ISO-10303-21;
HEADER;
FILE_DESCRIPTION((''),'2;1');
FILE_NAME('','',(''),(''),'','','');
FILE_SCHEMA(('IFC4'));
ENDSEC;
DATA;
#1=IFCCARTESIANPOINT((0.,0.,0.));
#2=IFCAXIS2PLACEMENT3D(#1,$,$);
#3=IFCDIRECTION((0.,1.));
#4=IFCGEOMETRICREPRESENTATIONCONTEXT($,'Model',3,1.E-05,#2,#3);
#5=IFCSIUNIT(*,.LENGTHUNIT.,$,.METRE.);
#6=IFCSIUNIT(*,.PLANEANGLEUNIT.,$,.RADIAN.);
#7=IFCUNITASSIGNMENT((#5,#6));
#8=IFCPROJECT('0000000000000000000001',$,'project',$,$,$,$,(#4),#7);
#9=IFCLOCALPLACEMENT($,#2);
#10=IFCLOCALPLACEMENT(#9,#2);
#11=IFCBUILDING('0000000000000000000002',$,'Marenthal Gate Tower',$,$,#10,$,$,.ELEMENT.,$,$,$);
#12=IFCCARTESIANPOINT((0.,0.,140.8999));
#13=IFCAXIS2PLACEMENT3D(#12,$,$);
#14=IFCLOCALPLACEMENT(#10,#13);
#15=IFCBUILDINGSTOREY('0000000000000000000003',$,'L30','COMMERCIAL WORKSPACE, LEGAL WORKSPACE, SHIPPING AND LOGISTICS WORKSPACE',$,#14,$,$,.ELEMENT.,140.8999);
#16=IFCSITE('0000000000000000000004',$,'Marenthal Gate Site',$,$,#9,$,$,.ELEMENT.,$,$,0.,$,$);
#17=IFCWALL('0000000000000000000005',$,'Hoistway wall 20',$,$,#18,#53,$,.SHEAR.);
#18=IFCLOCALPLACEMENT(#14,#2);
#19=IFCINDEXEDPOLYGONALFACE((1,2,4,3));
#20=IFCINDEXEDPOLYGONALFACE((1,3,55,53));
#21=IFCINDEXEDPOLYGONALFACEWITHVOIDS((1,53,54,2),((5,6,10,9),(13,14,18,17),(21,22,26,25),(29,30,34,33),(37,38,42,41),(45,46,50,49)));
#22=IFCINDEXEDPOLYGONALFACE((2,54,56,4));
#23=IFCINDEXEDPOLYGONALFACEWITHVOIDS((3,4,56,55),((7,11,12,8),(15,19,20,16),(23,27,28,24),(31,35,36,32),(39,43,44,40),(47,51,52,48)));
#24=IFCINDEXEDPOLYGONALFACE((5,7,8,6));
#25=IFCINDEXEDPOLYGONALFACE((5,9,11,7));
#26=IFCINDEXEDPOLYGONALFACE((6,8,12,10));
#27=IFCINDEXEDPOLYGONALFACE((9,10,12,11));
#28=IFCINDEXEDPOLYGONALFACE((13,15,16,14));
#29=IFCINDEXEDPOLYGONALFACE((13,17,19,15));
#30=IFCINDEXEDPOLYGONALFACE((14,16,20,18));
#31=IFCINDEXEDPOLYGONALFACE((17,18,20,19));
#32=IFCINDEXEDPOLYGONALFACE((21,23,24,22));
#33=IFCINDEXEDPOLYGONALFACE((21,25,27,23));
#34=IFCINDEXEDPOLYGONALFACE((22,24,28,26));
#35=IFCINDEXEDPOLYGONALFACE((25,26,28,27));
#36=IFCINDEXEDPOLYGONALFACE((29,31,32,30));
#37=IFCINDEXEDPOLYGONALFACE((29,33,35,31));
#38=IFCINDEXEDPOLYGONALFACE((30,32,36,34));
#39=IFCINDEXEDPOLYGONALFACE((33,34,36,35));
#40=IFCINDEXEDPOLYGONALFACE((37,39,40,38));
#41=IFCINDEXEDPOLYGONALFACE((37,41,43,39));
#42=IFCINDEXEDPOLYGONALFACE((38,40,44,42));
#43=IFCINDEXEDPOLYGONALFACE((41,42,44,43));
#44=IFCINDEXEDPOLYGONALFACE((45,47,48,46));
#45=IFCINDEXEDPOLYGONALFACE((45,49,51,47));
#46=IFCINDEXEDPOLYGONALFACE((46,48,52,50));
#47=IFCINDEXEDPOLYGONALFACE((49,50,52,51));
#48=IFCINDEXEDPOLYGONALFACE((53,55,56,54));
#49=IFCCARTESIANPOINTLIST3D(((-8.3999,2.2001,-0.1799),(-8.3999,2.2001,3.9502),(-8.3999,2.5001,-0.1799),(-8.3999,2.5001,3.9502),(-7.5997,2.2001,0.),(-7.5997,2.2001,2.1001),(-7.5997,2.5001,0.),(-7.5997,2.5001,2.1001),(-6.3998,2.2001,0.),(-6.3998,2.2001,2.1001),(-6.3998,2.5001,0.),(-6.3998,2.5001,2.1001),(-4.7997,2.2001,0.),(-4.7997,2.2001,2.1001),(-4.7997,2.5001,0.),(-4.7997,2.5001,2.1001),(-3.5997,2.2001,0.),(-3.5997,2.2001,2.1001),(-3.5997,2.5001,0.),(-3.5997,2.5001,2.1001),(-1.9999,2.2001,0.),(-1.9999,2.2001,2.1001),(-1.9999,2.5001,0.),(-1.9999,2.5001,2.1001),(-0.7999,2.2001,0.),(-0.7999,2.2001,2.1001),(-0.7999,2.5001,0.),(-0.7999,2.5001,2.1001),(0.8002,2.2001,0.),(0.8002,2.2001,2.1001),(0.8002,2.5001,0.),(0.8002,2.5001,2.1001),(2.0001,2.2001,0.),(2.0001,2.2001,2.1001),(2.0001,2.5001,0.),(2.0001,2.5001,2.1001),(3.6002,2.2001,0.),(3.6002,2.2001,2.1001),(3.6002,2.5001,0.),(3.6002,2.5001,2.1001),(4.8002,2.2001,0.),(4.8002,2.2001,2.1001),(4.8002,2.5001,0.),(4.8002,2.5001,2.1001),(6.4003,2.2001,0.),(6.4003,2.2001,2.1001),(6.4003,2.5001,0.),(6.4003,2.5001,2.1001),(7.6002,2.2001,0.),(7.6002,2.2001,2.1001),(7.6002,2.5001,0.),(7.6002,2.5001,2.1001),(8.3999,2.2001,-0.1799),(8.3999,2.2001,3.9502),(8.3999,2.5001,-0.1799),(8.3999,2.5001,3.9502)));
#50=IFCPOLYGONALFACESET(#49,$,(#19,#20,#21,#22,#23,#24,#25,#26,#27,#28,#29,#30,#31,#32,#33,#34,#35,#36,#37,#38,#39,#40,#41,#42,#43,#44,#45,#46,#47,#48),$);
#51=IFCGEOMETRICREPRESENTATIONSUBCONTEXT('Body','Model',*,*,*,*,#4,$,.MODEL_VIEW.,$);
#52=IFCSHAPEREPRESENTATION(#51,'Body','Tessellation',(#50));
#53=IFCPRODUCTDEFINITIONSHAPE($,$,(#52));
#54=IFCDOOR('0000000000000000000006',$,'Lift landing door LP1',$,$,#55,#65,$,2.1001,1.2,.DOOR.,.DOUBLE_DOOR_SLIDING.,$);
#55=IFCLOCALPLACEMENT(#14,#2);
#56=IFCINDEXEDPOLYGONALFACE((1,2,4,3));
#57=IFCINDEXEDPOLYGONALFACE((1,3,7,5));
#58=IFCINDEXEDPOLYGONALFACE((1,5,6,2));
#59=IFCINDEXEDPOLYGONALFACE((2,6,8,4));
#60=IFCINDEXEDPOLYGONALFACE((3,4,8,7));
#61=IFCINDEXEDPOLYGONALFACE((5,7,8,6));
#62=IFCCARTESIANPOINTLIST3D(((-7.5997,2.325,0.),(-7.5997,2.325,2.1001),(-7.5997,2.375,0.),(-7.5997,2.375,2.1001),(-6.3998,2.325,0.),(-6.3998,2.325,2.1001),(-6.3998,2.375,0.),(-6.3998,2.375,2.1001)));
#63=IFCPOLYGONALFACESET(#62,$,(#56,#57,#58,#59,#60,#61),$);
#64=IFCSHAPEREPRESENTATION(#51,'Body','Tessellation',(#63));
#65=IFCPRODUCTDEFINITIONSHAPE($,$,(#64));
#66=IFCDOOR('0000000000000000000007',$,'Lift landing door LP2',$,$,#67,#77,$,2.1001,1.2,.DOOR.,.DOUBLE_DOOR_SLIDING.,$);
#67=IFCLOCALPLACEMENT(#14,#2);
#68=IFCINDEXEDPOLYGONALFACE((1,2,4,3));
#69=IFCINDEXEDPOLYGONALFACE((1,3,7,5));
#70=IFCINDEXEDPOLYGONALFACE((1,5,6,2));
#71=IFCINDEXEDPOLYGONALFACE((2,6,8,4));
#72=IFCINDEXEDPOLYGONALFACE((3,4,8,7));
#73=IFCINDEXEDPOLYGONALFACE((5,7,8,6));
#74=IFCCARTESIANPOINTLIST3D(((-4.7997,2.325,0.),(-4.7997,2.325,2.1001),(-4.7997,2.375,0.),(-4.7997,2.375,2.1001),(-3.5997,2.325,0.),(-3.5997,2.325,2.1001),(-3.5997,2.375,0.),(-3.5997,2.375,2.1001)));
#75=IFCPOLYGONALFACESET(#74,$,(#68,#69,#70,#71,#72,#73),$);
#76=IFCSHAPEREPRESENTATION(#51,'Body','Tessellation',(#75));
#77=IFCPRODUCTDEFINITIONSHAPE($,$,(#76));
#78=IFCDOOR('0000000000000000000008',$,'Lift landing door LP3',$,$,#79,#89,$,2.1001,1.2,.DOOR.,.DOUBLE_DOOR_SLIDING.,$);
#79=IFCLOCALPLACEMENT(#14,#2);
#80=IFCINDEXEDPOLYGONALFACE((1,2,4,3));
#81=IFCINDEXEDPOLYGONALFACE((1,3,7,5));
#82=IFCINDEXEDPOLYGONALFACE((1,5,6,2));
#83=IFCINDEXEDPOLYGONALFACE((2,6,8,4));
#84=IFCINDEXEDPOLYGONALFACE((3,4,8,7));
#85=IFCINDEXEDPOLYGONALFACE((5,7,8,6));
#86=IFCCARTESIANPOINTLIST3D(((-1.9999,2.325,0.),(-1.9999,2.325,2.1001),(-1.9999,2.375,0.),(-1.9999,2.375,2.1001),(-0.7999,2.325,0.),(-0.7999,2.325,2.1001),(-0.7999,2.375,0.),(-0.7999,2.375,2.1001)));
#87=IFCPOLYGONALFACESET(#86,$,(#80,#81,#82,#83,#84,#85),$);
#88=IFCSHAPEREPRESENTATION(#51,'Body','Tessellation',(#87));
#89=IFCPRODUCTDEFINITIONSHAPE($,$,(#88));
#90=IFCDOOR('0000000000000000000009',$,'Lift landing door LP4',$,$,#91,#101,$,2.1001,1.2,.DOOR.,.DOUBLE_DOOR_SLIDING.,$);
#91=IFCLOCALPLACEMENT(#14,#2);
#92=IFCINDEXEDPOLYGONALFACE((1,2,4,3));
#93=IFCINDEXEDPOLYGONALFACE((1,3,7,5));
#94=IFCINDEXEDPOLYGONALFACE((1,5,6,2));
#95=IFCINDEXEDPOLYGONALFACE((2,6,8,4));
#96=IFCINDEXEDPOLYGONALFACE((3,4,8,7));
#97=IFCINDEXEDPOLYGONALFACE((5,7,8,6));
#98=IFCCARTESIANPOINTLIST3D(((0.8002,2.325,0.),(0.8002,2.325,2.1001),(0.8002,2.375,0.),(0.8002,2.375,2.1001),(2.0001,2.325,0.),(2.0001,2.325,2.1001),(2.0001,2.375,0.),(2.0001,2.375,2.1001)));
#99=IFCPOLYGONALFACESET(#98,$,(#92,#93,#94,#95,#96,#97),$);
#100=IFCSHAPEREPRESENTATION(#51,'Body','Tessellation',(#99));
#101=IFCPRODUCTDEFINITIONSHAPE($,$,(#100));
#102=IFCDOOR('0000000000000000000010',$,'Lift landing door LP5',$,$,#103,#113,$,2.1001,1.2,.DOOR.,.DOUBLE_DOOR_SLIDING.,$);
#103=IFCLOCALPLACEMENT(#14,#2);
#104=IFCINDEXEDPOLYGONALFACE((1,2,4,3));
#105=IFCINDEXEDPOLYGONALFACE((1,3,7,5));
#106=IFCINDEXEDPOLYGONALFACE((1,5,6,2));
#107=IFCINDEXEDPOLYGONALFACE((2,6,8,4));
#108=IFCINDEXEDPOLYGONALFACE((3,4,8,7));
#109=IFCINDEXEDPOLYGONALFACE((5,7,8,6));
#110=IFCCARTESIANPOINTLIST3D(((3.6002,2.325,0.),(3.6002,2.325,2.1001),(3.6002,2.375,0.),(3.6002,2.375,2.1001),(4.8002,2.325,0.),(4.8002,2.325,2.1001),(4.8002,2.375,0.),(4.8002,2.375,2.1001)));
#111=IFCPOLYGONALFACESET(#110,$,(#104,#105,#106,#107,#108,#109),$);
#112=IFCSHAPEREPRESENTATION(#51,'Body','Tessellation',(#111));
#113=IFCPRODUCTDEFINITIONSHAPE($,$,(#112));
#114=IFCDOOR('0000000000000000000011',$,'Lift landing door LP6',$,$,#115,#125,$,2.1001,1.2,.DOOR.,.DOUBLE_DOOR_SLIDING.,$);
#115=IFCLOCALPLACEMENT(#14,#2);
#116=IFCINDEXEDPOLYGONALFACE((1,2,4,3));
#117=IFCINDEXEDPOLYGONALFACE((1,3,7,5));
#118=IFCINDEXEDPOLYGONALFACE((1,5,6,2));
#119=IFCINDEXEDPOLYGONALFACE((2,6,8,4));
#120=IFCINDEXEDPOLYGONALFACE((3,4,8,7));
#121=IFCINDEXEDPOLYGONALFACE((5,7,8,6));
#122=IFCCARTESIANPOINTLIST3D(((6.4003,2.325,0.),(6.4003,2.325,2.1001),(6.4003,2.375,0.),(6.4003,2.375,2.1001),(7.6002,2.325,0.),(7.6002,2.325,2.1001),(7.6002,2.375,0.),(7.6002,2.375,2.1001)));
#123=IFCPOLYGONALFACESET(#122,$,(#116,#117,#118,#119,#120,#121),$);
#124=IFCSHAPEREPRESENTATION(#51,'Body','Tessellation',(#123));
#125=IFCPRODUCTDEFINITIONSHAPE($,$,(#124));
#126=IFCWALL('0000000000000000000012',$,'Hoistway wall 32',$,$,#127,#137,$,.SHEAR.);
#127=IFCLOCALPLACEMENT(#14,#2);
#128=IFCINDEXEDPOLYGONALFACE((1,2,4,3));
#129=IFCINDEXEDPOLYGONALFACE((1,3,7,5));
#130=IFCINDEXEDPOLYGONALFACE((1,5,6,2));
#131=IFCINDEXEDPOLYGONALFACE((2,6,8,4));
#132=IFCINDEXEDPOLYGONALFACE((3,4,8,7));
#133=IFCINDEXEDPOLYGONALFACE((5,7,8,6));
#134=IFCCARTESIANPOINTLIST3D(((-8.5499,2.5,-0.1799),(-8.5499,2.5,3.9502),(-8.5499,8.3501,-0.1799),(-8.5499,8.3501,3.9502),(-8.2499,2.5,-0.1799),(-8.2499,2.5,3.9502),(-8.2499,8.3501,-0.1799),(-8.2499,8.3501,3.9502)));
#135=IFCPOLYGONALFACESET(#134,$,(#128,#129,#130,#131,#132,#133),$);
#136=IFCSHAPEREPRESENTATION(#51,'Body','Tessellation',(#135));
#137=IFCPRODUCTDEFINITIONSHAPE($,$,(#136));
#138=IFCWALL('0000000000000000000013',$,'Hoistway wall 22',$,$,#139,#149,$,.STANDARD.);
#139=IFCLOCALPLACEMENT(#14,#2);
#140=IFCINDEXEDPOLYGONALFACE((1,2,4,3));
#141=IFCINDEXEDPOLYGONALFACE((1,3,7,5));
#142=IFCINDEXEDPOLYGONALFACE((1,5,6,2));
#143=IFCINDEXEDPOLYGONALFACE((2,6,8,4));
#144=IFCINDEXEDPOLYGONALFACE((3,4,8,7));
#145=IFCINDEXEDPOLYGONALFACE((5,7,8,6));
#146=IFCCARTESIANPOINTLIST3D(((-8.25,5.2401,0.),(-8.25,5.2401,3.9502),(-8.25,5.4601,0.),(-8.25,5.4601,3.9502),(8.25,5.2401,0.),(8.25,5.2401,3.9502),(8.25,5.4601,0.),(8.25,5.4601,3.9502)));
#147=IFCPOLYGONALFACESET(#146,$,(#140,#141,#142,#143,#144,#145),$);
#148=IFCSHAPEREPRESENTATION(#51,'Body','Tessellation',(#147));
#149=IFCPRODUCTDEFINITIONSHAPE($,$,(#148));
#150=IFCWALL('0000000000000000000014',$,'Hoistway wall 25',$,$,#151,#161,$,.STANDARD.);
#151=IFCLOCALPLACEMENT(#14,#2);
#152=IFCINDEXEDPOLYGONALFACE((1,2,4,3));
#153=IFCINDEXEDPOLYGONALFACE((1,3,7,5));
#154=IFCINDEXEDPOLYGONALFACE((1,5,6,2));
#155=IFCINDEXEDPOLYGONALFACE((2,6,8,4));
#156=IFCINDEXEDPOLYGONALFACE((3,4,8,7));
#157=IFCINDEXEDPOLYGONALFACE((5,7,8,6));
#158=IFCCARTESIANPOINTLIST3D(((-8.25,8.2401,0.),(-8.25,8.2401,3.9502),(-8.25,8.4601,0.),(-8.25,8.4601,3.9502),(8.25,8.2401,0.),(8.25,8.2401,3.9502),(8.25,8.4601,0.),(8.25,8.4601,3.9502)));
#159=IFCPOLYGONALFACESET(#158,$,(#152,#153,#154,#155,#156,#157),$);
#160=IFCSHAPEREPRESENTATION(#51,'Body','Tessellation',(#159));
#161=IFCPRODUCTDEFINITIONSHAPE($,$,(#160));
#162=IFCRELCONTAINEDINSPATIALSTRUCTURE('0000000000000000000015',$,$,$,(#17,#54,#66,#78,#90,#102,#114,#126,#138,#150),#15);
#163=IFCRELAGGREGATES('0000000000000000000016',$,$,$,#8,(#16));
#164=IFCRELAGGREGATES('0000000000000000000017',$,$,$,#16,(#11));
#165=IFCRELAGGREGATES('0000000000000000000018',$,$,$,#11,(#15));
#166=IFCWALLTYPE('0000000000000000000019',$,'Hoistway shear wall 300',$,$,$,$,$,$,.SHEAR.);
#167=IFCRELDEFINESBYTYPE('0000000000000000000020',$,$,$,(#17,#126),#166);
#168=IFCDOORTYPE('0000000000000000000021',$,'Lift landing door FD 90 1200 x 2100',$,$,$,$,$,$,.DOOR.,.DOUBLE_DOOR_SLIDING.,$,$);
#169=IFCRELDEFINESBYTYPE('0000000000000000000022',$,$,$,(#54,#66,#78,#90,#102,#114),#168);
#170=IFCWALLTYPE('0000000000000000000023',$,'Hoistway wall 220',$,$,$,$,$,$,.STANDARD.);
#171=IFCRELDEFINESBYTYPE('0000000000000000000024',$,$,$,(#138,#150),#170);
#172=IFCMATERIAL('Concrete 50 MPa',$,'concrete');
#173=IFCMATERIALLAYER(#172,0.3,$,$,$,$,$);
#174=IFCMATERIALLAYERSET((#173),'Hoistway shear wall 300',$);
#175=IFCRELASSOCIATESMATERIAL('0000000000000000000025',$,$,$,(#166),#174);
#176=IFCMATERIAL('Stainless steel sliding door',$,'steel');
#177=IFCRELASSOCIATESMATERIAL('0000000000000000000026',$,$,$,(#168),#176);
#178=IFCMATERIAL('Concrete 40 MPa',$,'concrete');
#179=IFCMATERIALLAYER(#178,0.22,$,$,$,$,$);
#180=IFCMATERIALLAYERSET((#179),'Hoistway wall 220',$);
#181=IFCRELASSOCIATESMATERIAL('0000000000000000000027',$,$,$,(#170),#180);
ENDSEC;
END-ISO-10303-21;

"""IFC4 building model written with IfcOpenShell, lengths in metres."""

from ifc_helpers import new_model, si_unit, direction, frame, frame_2d, origin, place, context, subcontext, project, spatial, rectangle, extrude, material, layer, layer_set, type_object, element, fill, save


model = new_model("IFC4")

# Units and contexts
model_context = context("Model", 3, precision=1e-05, world=origin(), true_north=direction((0.0, 1.0)))
body_context = subcontext(model_context, "Body", "Model", "MODEL_VIEW")
ifc_project = project(units=[si_unit("LENGTHUNIT", "METRE"), si_unit("PLANEANGLEUNIT", "RADIAN")], contexts=[model_context])

# Site, building, storey
site_placement = place(None, origin())
site = spatial("IfcSite", under=ifc_project, at=site_placement, Name="Marenthal Gate Site", CompositionType="ELEMENT", RefElevation=0.0)
building_placement = place(site_placement, origin())
building = spatial("IfcBuilding", under=site, at=building_placement, Name="Marenthal Gate Tower", CompositionType="ELEMENT")
storey_placement = place(building_placement, frame((0.0, 0.0, 140.8999)))
storey = spatial("IfcBuildingStorey", under=building, at=storey_placement, Name="L30", Description="COMMERCIAL WORKSPACE, LEGAL WORKSPACE, SHIPPING AND LOGISTICS WORKSPACE", CompositionType="ELEMENT", Elevation=140.8999)

# Wall, openings, doors
ifc_material_1 = material(Name="Concrete 50 MPa", Category="concrete")
ifc_layer_1 = layer(ifc_material_1, 0.3)
ifc_layer_set_1 = layer_set([ifc_layer_1], Name="Hoistway shear wall 300")
wall_type_1 = type_object("IfcWallType", Name="Hoistway shear wall 300", PredefinedType="SHEAR", material=ifc_layer_set_1)
wall_1_placement = place(storey_placement, frame((-8.3999, 2.3501, -0.1799), z_axis=(0.0, 0.0, 1.0), x_axis=(1.0, 0.0, 0.0)))
wall_1 = element("IfcWall", 1, at=wall_1_placement, inside=storey, type_object=wall_type_1, Name="Hoistway wall 20", PredefinedType="SHEAR", context=body_context, shape_type="SweptSolid", body=[
    extrude(rectangle(XDim=16.7998, YDim=0.3, at=frame_2d((8.3999, 0.0))), origin(), (0.0, 0.0, 1.0), 4.1301),
])
opening_1_placement = place(wall_1_placement, frame((0.8, 0.0, 0.1799)))
opening_1 = element("IfcOpeningElement", 2, at=opening_1_placement, cuts=wall_1, PredefinedType="OPENING", context=body_context, shape_type="SweptSolid", body=[
    extrude(rectangle(XDim=1.2, YDim=2.1001, at=frame_2d((0.6001, 1.05))), frame((0.0, 0.1602, 0.0), z_axis=(0.0, -1.0, 0.0), x_axis=(1.0, 0.0, 0.0)), (0.0, 0.0, 1.0), 0.3201),
])
opening_2_placement = place(wall_1_placement, frame((3.6001, 0.0, 0.1799)))
opening_2 = element("IfcOpeningElement", 3, at=opening_2_placement, cuts=wall_1, PredefinedType="OPENING", context=body_context, shape_type="SweptSolid", body=[
    extrude(rectangle(XDim=1.2, YDim=2.1001, at=frame_2d((0.6001, 1.05))), frame((0.0, 0.1602, 0.0), z_axis=(0.0, -1.0, 0.0), x_axis=(1.0, 0.0, 0.0)), (0.0, 0.0, 1.0), 0.3201),
])
opening_3_placement = place(wall_1_placement, frame((6.3999, 0.0, 0.1799)))
opening_3 = element("IfcOpeningElement", 4, at=opening_3_placement, cuts=wall_1, PredefinedType="OPENING", context=body_context, shape_type="SweptSolid", body=[
    extrude(rectangle(XDim=1.2, YDim=2.1001, at=frame_2d((0.6001, 1.05))), frame((0.0, 0.1602, 0.0), z_axis=(0.0, -1.0, 0.0), x_axis=(1.0, 0.0, 0.0)), (0.0, 0.0, 1.0), 0.3201),
])
opening_4_placement = place(wall_1_placement, frame((9.2, 0.0, 0.1799)))
opening_4 = element("IfcOpeningElement", 5, at=opening_4_placement, cuts=wall_1, PredefinedType="OPENING", context=body_context, shape_type="SweptSolid", body=[
    extrude(rectangle(XDim=1.2, YDim=2.1001, at=frame_2d((0.6001, 1.05))), frame((0.0, 0.1602, 0.0), z_axis=(0.0, -1.0, 0.0), x_axis=(1.0, 0.0, 0.0)), (0.0, 0.0, 1.0), 0.3201),
])
opening_5_placement = place(wall_1_placement, frame((12.0, 0.0, 0.1799)))
opening_5 = element("IfcOpeningElement", 6, at=opening_5_placement, cuts=wall_1, PredefinedType="OPENING", context=body_context, shape_type="SweptSolid", body=[
    extrude(rectangle(XDim=1.2, YDim=2.1001, at=frame_2d((0.6001, 1.05))), frame((0.0, 0.1602, 0.0), z_axis=(0.0, -1.0, 0.0), x_axis=(1.0, 0.0, 0.0)), (0.0, 0.0, 1.0), 0.3201),
])
opening_6_placement = place(wall_1_placement, frame((14.8, 0.0, 0.1799)))
opening_6 = element("IfcOpeningElement", 7, at=opening_6_placement, cuts=wall_1, PredefinedType="OPENING", context=body_context, shape_type="SweptSolid", body=[
    extrude(rectangle(XDim=1.2, YDim=2.1001, at=frame_2d((0.6001, 1.05))), frame((0.0, 0.1602, 0.0), z_axis=(0.0, -1.0, 0.0), x_axis=(1.0, 0.0, 0.0)), (0.0, 0.0, 1.0), 0.3201),
])
ifc_material_2 = material(Name="Stainless steel sliding door", Category="steel")
door_type = type_object("IfcDoorType", Name="Lift landing door FD 90 1200 x 2100", OperationType="DOUBLE_DOOR_SLIDING", PredefinedType="DOOR", material=ifc_material_2)
door_1_placement = place(opening_1_placement, origin())
door_1 = element("IfcDoor", 8, at=door_1_placement, inside=storey, type_object=door_type, Name="Lift landing door LP1", OperationType="DOUBLE_DOOR_SLIDING", OverallHeight=2.1001, OverallWidth=1.2, PredefinedType="DOOR", context=body_context, shape_type="SweptSolid", body=[
    extrude(rectangle(XDim=1.2, YDim=2.1001, at=frame_2d((0.6001, 1.05))), frame((0.0, 0.0249, 0.0), z_axis=(0.0, -1.0, 0.0), x_axis=(1.0, 0.0, 0.0)), (0.0, 0.0, 1.0), 0.05),
])
fill(opening_1, door_1)
door_2_placement = place(opening_2_placement, origin())
door_2 = element("IfcDoor", 9, at=door_2_placement, inside=storey, type_object=door_type, Name="Lift landing door LP2", OperationType="DOUBLE_DOOR_SLIDING", OverallHeight=2.1001, OverallWidth=1.2, PredefinedType="DOOR", context=body_context, shape_type="SweptSolid", body=[
    extrude(rectangle(XDim=1.2, YDim=2.1001, at=frame_2d((0.6001, 1.05))), frame((0.0, 0.0249, 0.0), z_axis=(0.0, -1.0, 0.0), x_axis=(1.0, 0.0, 0.0)), (0.0, 0.0, 1.0), 0.05),
])
fill(opening_2, door_2)
door_3_placement = place(opening_3_placement, origin())
door_3 = element("IfcDoor", 10, at=door_3_placement, inside=storey, type_object=door_type, Name="Lift landing door LP3", OperationType="DOUBLE_DOOR_SLIDING", OverallHeight=2.1001, OverallWidth=1.2, PredefinedType="DOOR", context=body_context, shape_type="SweptSolid", body=[
    extrude(rectangle(XDim=1.2, YDim=2.1001, at=frame_2d((0.6001, 1.05))), frame((0.0, 0.0249, 0.0), z_axis=(0.0, -1.0, 0.0), x_axis=(1.0, 0.0, 0.0)), (0.0, 0.0, 1.0), 0.05),
])
fill(opening_3, door_3)
door_4_placement = place(opening_4_placement, origin())
door_4 = element("IfcDoor", 11, at=door_4_placement, inside=storey, type_object=door_type, Name="Lift landing door LP4", OperationType="DOUBLE_DOOR_SLIDING", OverallHeight=2.1001, OverallWidth=1.2, PredefinedType="DOOR", context=body_context, shape_type="SweptSolid", body=[
    extrude(rectangle(XDim=1.2, YDim=2.1001, at=frame_2d((0.6001, 1.05))), frame((0.0, 0.0249, 0.0), z_axis=(0.0, -1.0, 0.0), x_axis=(1.0, 0.0, 0.0)), (0.0, 0.0, 1.0), 0.05),
])
fill(opening_4, door_4)
door_5_placement = place(opening_5_placement, origin())
door_5 = element("IfcDoor", 12, at=door_5_placement, inside=storey, type_object=door_type, Name="Lift landing door LP5", OperationType="DOUBLE_DOOR_SLIDING", OverallHeight=2.1001, OverallWidth=1.2, PredefinedType="DOOR", context=body_context, shape_type="SweptSolid", body=[
    extrude(rectangle(XDim=1.2, YDim=2.1001, at=frame_2d((0.6001, 1.05))), frame((0.0, 0.0249, 0.0), z_axis=(0.0, -1.0, 0.0), x_axis=(1.0, 0.0, 0.0)), (0.0, 0.0, 1.0), 0.05),
])
fill(opening_5, door_5)
door_6_placement = place(opening_6_placement, origin())
door_6 = element("IfcDoor", 13, at=door_6_placement, inside=storey, type_object=door_type, Name="Lift landing door LP6", OperationType="DOUBLE_DOOR_SLIDING", OverallHeight=2.1001, OverallWidth=1.2, PredefinedType="DOOR", context=body_context, shape_type="SweptSolid", body=[
    extrude(rectangle(XDim=1.2, YDim=2.1001, at=frame_2d((0.6001, 1.05))), frame((0.0, 0.0249, 0.0), z_axis=(0.0, -1.0, 0.0), x_axis=(1.0, 0.0, 0.0)), (0.0, 0.0, 1.0), 0.05),
])
fill(opening_6, door_6)

# Walls
wall_2_placement = place(storey_placement, frame((-8.3999, 2.5, -0.1799), z_axis=(0.0, 0.0, 1.0), x_axis=(0.0, 1.0, 0.0)))
element("IfcWall", 14, at=wall_2_placement, inside=storey, type_object=wall_type_1, Name="Hoistway wall 32", PredefinedType="SHEAR", context=body_context, shape_type="SweptSolid", body=[
    extrude(rectangle(XDim=5.8501, YDim=0.3, at=frame_2d((2.925, 0.0))), origin(), (0.0, 0.0, 1.0), 4.1301),
])
ifc_material_3 = material(Name="Concrete 40 MPa", Category="concrete")
ifc_layer_2 = layer(ifc_material_3, 0.22)
ifc_layer_set_2 = layer_set([ifc_layer_2], Name="Hoistway wall 220")
wall_type_2 = type_object("IfcWallType", Name="Hoistway wall 220", PredefinedType="STANDARD", material=ifc_layer_set_2)
for number, where, z_axis, x_axis, name in (
    (15, (-8.25, 5.3501, 0.0), (0.0, 0.0, 1.0), (1.0, 0.0, 0.0), "Hoistway wall 22"),
    (16, (-8.25, 8.3501, 0.0), (0.0, 0.0, 1.0), (1.0, 0.0, 0.0), "Hoistway wall 25"),
):
    element("IfcWall", number, at=place(storey_placement, frame(where, z_axis=z_axis, x_axis=x_axis)), inside=storey, type_object=wall_type_2, Name=name, PredefinedType="STANDARD", context=body_context, shape_type="SweptSolid", body=[
        extrude(rectangle(XDim=16.5, YDim=0.22, at=frame_2d((8.25, 0.0))), origin(), (0.0, 0.0, 1.0), 3.9502),
    ])

save(model, "model.ifc")
